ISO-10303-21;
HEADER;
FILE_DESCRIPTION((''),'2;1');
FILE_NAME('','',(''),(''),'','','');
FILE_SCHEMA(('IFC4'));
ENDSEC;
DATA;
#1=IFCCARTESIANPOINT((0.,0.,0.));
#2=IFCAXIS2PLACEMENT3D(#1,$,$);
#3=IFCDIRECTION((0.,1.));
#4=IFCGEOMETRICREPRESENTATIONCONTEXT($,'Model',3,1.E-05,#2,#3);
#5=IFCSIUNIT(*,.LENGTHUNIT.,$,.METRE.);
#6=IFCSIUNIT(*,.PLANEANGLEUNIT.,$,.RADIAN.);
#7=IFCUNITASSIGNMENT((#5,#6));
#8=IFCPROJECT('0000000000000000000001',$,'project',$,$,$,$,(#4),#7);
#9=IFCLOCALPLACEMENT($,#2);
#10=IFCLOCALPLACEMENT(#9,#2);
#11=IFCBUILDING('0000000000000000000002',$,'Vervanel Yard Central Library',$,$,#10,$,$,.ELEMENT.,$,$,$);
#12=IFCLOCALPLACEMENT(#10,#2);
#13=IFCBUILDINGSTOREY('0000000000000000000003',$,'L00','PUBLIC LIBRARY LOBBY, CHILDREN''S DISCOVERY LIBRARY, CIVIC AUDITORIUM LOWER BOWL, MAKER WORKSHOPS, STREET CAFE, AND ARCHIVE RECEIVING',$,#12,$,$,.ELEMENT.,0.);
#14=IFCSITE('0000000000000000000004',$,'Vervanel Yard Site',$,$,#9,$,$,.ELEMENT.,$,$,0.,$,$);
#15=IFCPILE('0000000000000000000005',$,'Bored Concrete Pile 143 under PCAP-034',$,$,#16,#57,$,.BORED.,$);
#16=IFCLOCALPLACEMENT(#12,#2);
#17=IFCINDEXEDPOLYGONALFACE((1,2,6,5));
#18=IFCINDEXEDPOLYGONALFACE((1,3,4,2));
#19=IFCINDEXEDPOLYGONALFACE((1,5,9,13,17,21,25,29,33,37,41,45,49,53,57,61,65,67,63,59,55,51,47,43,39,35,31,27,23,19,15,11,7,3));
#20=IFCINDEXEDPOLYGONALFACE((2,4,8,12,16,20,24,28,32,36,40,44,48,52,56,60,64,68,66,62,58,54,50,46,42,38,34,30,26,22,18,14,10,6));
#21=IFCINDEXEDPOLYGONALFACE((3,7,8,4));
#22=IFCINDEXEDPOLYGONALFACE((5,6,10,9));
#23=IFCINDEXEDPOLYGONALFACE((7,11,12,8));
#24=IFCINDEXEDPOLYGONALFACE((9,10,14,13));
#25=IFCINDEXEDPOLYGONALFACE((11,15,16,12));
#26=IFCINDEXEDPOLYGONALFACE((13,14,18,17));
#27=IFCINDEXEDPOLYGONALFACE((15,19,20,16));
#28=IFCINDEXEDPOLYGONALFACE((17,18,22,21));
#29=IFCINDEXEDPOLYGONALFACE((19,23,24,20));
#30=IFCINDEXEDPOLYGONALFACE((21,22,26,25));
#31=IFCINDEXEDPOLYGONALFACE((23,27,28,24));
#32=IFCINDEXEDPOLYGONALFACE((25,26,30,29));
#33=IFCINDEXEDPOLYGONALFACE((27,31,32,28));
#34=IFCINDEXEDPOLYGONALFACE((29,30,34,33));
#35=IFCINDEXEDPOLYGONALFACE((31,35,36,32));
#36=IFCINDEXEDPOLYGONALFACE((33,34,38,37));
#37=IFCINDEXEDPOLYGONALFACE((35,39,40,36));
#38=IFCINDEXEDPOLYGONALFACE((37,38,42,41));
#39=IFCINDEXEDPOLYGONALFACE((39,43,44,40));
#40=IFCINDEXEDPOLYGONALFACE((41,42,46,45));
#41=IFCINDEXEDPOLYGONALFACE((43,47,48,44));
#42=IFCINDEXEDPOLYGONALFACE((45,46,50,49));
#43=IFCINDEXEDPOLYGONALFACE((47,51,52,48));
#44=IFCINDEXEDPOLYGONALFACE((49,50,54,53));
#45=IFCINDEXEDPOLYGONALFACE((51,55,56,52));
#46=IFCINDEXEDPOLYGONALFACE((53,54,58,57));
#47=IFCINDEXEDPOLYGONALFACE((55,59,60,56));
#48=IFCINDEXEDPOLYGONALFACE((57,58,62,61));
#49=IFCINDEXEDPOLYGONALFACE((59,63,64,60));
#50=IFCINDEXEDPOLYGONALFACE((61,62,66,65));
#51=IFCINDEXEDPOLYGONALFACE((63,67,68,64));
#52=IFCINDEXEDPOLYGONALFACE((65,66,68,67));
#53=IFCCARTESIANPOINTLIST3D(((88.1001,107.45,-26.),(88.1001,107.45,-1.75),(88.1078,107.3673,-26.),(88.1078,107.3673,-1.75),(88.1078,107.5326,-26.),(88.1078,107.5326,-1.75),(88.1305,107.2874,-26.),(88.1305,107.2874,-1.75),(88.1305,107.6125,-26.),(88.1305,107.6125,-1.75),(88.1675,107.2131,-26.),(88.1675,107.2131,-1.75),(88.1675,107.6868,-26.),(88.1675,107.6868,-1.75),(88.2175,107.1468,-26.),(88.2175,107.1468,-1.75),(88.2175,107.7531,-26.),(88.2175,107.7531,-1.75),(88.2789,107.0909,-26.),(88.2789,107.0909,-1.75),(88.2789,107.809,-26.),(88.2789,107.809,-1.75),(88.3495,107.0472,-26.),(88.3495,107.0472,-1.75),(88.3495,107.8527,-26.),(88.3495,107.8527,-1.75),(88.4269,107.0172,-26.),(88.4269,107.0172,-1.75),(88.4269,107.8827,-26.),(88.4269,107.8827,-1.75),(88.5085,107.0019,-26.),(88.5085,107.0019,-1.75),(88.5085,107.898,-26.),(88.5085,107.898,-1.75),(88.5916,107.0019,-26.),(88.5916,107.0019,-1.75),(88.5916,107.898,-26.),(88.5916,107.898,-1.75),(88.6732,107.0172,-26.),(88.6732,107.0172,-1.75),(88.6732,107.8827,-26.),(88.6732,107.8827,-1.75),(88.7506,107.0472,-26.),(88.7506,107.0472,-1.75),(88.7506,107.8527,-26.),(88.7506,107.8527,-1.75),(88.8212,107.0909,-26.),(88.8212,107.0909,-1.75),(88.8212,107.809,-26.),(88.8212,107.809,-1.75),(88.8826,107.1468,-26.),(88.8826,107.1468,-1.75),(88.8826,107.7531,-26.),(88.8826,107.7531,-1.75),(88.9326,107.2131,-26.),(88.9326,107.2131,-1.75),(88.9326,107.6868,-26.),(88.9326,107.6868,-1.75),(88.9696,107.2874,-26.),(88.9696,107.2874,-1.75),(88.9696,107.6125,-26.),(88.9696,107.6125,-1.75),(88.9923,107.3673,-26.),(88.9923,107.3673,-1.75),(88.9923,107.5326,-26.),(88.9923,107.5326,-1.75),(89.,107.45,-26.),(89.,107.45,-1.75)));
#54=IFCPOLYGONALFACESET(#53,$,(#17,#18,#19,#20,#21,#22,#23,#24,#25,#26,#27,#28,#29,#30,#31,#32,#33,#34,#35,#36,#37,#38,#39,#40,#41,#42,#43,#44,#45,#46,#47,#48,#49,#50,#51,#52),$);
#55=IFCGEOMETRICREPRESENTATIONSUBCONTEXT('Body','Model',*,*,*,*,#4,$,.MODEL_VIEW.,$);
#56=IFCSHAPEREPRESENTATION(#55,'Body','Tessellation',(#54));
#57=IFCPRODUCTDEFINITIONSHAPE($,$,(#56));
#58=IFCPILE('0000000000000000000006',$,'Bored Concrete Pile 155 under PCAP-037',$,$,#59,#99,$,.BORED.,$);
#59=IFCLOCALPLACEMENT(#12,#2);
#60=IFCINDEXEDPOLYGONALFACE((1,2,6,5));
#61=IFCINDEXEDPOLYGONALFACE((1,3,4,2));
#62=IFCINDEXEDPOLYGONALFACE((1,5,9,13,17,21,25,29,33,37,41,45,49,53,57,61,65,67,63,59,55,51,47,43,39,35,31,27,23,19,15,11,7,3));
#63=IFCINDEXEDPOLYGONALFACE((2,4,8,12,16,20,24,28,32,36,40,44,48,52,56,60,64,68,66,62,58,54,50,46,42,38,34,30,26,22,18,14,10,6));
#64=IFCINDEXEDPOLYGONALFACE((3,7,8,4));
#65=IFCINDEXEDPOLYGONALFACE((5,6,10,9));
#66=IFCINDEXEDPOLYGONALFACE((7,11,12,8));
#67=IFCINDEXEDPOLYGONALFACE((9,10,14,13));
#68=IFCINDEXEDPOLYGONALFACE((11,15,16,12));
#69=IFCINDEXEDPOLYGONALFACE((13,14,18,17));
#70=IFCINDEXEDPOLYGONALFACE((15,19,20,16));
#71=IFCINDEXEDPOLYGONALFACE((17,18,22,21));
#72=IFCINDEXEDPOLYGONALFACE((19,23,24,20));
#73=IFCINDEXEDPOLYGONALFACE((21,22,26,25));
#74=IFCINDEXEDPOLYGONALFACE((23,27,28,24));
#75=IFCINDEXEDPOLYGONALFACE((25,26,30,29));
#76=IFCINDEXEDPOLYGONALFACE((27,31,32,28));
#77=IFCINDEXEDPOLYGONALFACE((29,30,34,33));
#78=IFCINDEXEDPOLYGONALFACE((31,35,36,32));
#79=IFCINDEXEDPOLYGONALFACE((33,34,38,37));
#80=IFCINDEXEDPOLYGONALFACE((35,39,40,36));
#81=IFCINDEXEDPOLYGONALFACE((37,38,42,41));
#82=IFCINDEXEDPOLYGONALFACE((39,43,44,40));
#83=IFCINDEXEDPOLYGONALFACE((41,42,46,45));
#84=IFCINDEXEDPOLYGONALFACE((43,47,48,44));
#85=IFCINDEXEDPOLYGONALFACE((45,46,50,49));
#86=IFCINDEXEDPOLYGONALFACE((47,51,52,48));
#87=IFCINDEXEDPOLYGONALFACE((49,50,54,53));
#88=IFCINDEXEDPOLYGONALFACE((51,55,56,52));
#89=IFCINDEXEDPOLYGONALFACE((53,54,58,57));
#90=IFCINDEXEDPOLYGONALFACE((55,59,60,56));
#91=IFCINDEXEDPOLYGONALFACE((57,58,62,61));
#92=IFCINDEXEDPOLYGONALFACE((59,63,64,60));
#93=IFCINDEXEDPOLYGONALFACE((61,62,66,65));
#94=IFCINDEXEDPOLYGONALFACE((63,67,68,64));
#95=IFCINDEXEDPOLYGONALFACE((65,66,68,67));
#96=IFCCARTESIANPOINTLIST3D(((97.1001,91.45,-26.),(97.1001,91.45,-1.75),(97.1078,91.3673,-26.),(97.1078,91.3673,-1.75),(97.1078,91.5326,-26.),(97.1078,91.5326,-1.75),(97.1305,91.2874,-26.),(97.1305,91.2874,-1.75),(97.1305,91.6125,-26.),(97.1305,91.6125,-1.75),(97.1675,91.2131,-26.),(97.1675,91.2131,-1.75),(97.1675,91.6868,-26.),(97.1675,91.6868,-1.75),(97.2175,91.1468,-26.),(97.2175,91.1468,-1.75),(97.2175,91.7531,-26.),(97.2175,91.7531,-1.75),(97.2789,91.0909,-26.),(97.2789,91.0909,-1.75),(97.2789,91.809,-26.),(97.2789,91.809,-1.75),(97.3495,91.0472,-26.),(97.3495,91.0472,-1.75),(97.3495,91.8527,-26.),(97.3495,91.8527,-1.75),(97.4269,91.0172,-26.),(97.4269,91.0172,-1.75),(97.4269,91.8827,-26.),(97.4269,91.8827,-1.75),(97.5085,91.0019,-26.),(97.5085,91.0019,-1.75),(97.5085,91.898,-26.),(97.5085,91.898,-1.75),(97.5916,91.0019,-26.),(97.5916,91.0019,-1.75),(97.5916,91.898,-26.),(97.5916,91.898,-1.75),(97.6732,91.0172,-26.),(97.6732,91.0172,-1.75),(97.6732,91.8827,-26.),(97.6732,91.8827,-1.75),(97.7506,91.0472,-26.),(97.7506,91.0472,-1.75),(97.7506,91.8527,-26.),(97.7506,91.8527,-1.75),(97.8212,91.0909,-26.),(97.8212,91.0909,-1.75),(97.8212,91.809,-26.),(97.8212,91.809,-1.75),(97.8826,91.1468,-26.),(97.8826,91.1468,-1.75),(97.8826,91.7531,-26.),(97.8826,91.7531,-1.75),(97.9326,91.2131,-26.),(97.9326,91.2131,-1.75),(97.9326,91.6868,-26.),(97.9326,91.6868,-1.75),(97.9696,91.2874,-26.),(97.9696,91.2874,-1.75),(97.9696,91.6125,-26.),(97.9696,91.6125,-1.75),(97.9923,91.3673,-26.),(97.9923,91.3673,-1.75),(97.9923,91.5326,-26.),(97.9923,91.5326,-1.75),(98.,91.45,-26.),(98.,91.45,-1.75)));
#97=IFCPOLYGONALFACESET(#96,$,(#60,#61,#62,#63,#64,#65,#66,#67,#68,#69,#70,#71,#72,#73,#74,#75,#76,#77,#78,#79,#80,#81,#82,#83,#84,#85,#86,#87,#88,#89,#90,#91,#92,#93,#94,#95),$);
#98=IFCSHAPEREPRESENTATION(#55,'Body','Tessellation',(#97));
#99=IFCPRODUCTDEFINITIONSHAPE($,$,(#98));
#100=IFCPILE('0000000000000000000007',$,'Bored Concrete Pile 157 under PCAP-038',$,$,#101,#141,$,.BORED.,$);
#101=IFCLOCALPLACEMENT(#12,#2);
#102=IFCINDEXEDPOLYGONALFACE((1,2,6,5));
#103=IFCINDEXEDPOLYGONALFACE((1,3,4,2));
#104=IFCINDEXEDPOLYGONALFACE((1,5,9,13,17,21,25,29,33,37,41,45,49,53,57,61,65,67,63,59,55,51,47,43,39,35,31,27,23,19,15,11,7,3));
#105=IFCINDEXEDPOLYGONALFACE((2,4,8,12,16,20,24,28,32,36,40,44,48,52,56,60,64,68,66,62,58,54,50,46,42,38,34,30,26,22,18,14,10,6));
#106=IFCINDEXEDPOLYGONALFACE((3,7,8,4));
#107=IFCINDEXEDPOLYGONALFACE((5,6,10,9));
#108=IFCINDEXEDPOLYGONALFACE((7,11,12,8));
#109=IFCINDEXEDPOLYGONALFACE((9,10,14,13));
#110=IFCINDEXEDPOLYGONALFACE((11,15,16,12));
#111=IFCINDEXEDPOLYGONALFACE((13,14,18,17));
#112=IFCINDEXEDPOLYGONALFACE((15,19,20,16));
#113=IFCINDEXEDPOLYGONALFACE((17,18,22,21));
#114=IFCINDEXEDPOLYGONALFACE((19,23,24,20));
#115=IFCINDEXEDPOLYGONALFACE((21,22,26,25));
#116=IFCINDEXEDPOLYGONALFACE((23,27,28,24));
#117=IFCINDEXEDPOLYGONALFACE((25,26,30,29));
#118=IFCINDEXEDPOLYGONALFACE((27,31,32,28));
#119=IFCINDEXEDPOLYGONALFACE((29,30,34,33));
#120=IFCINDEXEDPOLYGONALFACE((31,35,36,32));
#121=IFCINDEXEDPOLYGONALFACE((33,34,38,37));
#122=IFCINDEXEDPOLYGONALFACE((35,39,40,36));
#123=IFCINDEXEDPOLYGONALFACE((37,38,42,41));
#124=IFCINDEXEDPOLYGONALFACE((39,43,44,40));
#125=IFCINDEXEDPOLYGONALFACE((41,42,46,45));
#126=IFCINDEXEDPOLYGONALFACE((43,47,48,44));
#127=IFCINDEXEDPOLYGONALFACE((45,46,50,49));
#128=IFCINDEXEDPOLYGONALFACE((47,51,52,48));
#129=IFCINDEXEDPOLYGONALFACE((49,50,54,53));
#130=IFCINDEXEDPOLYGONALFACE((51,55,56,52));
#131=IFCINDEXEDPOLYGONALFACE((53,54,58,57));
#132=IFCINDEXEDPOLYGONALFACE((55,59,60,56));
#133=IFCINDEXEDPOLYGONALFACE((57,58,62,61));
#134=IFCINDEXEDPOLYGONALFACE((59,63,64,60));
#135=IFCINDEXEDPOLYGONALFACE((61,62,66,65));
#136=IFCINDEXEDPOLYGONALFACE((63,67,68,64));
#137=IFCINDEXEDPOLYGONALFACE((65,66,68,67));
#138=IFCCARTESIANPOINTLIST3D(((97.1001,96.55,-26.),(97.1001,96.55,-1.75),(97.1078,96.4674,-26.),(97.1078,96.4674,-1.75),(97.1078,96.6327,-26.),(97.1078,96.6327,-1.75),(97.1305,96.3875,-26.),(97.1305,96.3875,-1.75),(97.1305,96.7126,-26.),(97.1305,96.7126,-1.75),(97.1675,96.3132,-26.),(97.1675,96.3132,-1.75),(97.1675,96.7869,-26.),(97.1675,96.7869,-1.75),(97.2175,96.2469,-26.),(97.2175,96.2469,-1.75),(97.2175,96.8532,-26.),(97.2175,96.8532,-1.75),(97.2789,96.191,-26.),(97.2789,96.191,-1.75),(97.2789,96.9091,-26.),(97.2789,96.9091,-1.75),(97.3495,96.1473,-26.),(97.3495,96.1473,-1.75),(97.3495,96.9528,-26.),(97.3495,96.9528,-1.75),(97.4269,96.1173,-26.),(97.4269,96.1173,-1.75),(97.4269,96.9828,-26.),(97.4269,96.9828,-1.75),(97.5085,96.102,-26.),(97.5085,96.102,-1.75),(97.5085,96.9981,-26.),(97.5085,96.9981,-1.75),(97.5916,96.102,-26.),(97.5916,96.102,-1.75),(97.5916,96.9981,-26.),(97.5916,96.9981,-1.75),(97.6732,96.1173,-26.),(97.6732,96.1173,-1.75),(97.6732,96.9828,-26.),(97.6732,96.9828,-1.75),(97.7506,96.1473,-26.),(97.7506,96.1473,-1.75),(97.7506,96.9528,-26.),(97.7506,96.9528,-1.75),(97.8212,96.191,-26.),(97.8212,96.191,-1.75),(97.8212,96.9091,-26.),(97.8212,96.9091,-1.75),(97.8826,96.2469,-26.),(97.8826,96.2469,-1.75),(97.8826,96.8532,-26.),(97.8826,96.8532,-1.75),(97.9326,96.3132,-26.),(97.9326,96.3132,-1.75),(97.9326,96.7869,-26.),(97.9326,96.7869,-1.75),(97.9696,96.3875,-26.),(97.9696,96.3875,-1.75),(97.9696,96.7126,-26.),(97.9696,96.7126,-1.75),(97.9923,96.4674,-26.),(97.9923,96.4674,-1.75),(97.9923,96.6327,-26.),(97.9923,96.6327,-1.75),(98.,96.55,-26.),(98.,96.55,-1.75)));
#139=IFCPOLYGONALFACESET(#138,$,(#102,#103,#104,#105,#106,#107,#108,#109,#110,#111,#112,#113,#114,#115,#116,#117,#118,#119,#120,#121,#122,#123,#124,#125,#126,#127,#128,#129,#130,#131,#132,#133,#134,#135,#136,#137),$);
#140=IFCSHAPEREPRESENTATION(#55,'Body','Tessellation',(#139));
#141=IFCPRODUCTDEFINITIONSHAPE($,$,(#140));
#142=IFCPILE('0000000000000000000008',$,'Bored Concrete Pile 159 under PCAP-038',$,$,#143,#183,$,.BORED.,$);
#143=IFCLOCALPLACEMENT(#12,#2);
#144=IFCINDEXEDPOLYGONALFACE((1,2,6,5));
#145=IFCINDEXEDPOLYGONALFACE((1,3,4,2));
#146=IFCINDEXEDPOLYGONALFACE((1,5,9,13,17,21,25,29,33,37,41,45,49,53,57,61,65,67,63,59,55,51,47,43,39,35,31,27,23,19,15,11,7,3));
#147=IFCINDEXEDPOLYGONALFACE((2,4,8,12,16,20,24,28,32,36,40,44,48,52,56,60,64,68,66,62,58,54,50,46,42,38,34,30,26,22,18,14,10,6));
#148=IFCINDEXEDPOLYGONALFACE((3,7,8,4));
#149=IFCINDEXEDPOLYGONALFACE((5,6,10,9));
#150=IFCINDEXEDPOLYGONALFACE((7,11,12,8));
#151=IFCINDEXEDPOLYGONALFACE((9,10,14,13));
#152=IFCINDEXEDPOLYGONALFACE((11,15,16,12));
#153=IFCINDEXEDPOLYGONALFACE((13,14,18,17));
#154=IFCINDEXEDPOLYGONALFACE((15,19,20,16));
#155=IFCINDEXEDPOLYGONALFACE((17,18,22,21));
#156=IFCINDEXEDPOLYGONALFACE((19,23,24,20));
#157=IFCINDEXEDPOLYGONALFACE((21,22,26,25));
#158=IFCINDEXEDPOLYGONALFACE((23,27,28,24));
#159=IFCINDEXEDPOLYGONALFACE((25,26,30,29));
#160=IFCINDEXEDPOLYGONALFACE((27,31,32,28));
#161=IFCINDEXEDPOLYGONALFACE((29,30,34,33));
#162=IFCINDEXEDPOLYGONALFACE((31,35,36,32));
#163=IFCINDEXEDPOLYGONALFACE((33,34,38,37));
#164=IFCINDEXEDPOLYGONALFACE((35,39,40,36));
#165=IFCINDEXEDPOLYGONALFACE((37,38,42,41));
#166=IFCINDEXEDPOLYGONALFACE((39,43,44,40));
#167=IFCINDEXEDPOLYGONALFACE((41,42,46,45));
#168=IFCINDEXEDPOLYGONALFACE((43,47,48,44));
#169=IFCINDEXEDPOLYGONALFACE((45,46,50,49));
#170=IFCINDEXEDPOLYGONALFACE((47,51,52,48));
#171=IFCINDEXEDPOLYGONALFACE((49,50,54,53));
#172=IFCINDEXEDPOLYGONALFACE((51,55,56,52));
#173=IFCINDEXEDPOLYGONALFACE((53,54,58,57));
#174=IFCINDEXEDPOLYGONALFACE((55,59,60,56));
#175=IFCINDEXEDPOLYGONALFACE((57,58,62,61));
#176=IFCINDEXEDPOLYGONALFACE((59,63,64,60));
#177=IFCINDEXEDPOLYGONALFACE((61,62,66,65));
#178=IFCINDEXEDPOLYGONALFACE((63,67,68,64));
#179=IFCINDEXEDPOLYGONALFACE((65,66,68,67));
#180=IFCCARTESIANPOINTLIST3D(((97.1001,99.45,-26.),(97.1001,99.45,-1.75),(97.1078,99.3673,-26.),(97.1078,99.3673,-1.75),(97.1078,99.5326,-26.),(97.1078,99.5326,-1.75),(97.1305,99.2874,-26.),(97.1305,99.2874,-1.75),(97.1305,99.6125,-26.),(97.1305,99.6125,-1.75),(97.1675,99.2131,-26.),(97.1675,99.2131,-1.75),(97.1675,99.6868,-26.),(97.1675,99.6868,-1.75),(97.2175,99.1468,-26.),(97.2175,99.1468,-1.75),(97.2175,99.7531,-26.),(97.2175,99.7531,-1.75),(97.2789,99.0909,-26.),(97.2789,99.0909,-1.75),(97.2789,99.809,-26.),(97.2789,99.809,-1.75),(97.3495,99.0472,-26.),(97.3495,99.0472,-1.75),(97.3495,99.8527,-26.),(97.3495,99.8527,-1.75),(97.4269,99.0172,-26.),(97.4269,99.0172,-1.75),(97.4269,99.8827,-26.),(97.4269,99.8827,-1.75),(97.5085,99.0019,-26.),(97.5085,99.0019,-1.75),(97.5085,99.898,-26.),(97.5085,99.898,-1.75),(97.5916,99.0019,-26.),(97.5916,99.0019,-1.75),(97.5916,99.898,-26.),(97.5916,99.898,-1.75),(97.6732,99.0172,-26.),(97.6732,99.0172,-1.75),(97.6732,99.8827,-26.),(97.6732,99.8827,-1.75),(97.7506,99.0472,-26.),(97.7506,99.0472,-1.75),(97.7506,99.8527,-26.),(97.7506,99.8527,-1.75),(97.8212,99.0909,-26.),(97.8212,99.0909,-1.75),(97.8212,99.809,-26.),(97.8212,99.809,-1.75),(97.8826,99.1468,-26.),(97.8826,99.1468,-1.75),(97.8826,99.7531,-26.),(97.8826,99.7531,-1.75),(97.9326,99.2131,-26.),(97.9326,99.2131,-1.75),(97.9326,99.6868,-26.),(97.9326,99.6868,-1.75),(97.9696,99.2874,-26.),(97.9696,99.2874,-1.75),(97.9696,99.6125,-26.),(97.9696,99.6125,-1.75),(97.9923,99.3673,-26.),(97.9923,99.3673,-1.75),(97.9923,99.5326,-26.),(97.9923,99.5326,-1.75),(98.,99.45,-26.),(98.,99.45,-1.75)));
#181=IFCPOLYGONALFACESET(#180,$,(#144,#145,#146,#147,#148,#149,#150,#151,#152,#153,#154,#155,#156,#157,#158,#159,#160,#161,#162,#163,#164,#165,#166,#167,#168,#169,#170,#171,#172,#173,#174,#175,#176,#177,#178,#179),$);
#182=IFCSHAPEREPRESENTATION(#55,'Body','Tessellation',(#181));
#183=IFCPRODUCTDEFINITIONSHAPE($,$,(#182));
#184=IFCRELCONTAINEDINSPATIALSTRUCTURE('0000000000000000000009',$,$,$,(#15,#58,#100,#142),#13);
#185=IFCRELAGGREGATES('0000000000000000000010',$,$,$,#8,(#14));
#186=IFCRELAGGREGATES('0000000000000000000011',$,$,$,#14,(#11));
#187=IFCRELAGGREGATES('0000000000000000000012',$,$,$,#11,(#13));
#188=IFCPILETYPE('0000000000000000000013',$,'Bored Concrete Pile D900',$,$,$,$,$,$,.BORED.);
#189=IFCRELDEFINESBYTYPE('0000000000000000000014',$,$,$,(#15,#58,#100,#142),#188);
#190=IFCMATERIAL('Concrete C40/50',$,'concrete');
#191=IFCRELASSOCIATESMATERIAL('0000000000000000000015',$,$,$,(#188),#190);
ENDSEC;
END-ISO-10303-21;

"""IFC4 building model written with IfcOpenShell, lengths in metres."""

from ifc_helpers import new_model, si_unit, direction, frame, origin, origin_2d, place, context, subcontext, project, spatial, circle, extrude, material, material_profile, profile_set, type_object, element, save


model = new_model("IFC4")

# Units and contexts
model_context = context("Model", 3, precision=1e-05, world=origin(), true_north=direction((0.0, 1.0)))
body_context = subcontext(model_context, "Body", "Model", "MODEL_VIEW")
ifc_project = project(units=[si_unit("LENGTHUNIT", "METRE"), si_unit("PLANEANGLEUNIT", "RADIAN")], contexts=[model_context])

# Site, building, storey
site_placement = place(None, origin())
site = spatial("IfcSite", under=ifc_project, at=site_placement, Name="Vervanel Yard Site", CompositionType="ELEMENT", RefElevation=0.0)
building_placement = place(site_placement, origin())
building = spatial("IfcBuilding", under=site, at=building_placement, Name="Vervanel Yard Central Library", CompositionType="ELEMENT")
storey_placement = place(building_placement, origin())
storey = spatial("IfcBuildingStorey", under=building, at=storey_placement, Name="L00", Description="PUBLIC LIBRARY LOBBY, CHILDREN'S DISCOVERY LIBRARY, CIVIC AUDITORIUM LOWER BOWL, MAKER WORKSHOPS, STREET CAFE, AND ARCHIVE RECEIVING", CompositionType="ELEMENT", Elevation=0.0)

# Piles
ifc_material_1 = material(Name="Concrete C40/50", Category="concrete")
ifc_material_profile_1 = material_profile(ifc_material_1, circle(Radius=0.45, at=origin_2d()), Name="BP D900", Category="concrete")
ifc_profile_set_1 = profile_set([ifc_material_profile_1], Name="Concrete C40/50")
pile_type = type_object("IfcPileType", Name="Bored Concrete Pile D900", PredefinedType="BORED", material=ifc_profile_set_1)
for number, where, z_axis, x_axis, name in (
    (1, (88.55, 107.45, -1.75), (0.0, 0.0, -1.0), (1.0, 0.0, 0.0), "Bored Concrete Pile 143 under PCAP-034"),
    (2, (97.55, 91.45, -1.75), (0.0, 0.0, -1.0), (1.0, 0.0, 0.0), "Bored Concrete Pile 155 under PCAP-037"),
    (3, (97.55, 96.55, -1.75), (0.0, 0.0, -1.0), (1.0, 0.0, 0.0), "Bored Concrete Pile 157 under PCAP-038"),
    (4, (97.55, 99.45, -1.75), (0.0, 0.0, -1.0), (1.0, 0.0, 0.0), "Bored Concrete Pile 159 under PCAP-038"),
):
    element("IfcPile", number, at=place(storey_placement, frame(where, z_axis=z_axis, x_axis=x_axis)), inside=storey, type_object=pile_type, Name=name, PredefinedType="BORED", context=body_context, shape_type="SweptSolid", body=[
        extrude(circle(Radius=0.45, at=origin_2d()), origin(), (0.0, 0.0, 1.0), 24.25),
    ])

save(model, "model.ifc")
